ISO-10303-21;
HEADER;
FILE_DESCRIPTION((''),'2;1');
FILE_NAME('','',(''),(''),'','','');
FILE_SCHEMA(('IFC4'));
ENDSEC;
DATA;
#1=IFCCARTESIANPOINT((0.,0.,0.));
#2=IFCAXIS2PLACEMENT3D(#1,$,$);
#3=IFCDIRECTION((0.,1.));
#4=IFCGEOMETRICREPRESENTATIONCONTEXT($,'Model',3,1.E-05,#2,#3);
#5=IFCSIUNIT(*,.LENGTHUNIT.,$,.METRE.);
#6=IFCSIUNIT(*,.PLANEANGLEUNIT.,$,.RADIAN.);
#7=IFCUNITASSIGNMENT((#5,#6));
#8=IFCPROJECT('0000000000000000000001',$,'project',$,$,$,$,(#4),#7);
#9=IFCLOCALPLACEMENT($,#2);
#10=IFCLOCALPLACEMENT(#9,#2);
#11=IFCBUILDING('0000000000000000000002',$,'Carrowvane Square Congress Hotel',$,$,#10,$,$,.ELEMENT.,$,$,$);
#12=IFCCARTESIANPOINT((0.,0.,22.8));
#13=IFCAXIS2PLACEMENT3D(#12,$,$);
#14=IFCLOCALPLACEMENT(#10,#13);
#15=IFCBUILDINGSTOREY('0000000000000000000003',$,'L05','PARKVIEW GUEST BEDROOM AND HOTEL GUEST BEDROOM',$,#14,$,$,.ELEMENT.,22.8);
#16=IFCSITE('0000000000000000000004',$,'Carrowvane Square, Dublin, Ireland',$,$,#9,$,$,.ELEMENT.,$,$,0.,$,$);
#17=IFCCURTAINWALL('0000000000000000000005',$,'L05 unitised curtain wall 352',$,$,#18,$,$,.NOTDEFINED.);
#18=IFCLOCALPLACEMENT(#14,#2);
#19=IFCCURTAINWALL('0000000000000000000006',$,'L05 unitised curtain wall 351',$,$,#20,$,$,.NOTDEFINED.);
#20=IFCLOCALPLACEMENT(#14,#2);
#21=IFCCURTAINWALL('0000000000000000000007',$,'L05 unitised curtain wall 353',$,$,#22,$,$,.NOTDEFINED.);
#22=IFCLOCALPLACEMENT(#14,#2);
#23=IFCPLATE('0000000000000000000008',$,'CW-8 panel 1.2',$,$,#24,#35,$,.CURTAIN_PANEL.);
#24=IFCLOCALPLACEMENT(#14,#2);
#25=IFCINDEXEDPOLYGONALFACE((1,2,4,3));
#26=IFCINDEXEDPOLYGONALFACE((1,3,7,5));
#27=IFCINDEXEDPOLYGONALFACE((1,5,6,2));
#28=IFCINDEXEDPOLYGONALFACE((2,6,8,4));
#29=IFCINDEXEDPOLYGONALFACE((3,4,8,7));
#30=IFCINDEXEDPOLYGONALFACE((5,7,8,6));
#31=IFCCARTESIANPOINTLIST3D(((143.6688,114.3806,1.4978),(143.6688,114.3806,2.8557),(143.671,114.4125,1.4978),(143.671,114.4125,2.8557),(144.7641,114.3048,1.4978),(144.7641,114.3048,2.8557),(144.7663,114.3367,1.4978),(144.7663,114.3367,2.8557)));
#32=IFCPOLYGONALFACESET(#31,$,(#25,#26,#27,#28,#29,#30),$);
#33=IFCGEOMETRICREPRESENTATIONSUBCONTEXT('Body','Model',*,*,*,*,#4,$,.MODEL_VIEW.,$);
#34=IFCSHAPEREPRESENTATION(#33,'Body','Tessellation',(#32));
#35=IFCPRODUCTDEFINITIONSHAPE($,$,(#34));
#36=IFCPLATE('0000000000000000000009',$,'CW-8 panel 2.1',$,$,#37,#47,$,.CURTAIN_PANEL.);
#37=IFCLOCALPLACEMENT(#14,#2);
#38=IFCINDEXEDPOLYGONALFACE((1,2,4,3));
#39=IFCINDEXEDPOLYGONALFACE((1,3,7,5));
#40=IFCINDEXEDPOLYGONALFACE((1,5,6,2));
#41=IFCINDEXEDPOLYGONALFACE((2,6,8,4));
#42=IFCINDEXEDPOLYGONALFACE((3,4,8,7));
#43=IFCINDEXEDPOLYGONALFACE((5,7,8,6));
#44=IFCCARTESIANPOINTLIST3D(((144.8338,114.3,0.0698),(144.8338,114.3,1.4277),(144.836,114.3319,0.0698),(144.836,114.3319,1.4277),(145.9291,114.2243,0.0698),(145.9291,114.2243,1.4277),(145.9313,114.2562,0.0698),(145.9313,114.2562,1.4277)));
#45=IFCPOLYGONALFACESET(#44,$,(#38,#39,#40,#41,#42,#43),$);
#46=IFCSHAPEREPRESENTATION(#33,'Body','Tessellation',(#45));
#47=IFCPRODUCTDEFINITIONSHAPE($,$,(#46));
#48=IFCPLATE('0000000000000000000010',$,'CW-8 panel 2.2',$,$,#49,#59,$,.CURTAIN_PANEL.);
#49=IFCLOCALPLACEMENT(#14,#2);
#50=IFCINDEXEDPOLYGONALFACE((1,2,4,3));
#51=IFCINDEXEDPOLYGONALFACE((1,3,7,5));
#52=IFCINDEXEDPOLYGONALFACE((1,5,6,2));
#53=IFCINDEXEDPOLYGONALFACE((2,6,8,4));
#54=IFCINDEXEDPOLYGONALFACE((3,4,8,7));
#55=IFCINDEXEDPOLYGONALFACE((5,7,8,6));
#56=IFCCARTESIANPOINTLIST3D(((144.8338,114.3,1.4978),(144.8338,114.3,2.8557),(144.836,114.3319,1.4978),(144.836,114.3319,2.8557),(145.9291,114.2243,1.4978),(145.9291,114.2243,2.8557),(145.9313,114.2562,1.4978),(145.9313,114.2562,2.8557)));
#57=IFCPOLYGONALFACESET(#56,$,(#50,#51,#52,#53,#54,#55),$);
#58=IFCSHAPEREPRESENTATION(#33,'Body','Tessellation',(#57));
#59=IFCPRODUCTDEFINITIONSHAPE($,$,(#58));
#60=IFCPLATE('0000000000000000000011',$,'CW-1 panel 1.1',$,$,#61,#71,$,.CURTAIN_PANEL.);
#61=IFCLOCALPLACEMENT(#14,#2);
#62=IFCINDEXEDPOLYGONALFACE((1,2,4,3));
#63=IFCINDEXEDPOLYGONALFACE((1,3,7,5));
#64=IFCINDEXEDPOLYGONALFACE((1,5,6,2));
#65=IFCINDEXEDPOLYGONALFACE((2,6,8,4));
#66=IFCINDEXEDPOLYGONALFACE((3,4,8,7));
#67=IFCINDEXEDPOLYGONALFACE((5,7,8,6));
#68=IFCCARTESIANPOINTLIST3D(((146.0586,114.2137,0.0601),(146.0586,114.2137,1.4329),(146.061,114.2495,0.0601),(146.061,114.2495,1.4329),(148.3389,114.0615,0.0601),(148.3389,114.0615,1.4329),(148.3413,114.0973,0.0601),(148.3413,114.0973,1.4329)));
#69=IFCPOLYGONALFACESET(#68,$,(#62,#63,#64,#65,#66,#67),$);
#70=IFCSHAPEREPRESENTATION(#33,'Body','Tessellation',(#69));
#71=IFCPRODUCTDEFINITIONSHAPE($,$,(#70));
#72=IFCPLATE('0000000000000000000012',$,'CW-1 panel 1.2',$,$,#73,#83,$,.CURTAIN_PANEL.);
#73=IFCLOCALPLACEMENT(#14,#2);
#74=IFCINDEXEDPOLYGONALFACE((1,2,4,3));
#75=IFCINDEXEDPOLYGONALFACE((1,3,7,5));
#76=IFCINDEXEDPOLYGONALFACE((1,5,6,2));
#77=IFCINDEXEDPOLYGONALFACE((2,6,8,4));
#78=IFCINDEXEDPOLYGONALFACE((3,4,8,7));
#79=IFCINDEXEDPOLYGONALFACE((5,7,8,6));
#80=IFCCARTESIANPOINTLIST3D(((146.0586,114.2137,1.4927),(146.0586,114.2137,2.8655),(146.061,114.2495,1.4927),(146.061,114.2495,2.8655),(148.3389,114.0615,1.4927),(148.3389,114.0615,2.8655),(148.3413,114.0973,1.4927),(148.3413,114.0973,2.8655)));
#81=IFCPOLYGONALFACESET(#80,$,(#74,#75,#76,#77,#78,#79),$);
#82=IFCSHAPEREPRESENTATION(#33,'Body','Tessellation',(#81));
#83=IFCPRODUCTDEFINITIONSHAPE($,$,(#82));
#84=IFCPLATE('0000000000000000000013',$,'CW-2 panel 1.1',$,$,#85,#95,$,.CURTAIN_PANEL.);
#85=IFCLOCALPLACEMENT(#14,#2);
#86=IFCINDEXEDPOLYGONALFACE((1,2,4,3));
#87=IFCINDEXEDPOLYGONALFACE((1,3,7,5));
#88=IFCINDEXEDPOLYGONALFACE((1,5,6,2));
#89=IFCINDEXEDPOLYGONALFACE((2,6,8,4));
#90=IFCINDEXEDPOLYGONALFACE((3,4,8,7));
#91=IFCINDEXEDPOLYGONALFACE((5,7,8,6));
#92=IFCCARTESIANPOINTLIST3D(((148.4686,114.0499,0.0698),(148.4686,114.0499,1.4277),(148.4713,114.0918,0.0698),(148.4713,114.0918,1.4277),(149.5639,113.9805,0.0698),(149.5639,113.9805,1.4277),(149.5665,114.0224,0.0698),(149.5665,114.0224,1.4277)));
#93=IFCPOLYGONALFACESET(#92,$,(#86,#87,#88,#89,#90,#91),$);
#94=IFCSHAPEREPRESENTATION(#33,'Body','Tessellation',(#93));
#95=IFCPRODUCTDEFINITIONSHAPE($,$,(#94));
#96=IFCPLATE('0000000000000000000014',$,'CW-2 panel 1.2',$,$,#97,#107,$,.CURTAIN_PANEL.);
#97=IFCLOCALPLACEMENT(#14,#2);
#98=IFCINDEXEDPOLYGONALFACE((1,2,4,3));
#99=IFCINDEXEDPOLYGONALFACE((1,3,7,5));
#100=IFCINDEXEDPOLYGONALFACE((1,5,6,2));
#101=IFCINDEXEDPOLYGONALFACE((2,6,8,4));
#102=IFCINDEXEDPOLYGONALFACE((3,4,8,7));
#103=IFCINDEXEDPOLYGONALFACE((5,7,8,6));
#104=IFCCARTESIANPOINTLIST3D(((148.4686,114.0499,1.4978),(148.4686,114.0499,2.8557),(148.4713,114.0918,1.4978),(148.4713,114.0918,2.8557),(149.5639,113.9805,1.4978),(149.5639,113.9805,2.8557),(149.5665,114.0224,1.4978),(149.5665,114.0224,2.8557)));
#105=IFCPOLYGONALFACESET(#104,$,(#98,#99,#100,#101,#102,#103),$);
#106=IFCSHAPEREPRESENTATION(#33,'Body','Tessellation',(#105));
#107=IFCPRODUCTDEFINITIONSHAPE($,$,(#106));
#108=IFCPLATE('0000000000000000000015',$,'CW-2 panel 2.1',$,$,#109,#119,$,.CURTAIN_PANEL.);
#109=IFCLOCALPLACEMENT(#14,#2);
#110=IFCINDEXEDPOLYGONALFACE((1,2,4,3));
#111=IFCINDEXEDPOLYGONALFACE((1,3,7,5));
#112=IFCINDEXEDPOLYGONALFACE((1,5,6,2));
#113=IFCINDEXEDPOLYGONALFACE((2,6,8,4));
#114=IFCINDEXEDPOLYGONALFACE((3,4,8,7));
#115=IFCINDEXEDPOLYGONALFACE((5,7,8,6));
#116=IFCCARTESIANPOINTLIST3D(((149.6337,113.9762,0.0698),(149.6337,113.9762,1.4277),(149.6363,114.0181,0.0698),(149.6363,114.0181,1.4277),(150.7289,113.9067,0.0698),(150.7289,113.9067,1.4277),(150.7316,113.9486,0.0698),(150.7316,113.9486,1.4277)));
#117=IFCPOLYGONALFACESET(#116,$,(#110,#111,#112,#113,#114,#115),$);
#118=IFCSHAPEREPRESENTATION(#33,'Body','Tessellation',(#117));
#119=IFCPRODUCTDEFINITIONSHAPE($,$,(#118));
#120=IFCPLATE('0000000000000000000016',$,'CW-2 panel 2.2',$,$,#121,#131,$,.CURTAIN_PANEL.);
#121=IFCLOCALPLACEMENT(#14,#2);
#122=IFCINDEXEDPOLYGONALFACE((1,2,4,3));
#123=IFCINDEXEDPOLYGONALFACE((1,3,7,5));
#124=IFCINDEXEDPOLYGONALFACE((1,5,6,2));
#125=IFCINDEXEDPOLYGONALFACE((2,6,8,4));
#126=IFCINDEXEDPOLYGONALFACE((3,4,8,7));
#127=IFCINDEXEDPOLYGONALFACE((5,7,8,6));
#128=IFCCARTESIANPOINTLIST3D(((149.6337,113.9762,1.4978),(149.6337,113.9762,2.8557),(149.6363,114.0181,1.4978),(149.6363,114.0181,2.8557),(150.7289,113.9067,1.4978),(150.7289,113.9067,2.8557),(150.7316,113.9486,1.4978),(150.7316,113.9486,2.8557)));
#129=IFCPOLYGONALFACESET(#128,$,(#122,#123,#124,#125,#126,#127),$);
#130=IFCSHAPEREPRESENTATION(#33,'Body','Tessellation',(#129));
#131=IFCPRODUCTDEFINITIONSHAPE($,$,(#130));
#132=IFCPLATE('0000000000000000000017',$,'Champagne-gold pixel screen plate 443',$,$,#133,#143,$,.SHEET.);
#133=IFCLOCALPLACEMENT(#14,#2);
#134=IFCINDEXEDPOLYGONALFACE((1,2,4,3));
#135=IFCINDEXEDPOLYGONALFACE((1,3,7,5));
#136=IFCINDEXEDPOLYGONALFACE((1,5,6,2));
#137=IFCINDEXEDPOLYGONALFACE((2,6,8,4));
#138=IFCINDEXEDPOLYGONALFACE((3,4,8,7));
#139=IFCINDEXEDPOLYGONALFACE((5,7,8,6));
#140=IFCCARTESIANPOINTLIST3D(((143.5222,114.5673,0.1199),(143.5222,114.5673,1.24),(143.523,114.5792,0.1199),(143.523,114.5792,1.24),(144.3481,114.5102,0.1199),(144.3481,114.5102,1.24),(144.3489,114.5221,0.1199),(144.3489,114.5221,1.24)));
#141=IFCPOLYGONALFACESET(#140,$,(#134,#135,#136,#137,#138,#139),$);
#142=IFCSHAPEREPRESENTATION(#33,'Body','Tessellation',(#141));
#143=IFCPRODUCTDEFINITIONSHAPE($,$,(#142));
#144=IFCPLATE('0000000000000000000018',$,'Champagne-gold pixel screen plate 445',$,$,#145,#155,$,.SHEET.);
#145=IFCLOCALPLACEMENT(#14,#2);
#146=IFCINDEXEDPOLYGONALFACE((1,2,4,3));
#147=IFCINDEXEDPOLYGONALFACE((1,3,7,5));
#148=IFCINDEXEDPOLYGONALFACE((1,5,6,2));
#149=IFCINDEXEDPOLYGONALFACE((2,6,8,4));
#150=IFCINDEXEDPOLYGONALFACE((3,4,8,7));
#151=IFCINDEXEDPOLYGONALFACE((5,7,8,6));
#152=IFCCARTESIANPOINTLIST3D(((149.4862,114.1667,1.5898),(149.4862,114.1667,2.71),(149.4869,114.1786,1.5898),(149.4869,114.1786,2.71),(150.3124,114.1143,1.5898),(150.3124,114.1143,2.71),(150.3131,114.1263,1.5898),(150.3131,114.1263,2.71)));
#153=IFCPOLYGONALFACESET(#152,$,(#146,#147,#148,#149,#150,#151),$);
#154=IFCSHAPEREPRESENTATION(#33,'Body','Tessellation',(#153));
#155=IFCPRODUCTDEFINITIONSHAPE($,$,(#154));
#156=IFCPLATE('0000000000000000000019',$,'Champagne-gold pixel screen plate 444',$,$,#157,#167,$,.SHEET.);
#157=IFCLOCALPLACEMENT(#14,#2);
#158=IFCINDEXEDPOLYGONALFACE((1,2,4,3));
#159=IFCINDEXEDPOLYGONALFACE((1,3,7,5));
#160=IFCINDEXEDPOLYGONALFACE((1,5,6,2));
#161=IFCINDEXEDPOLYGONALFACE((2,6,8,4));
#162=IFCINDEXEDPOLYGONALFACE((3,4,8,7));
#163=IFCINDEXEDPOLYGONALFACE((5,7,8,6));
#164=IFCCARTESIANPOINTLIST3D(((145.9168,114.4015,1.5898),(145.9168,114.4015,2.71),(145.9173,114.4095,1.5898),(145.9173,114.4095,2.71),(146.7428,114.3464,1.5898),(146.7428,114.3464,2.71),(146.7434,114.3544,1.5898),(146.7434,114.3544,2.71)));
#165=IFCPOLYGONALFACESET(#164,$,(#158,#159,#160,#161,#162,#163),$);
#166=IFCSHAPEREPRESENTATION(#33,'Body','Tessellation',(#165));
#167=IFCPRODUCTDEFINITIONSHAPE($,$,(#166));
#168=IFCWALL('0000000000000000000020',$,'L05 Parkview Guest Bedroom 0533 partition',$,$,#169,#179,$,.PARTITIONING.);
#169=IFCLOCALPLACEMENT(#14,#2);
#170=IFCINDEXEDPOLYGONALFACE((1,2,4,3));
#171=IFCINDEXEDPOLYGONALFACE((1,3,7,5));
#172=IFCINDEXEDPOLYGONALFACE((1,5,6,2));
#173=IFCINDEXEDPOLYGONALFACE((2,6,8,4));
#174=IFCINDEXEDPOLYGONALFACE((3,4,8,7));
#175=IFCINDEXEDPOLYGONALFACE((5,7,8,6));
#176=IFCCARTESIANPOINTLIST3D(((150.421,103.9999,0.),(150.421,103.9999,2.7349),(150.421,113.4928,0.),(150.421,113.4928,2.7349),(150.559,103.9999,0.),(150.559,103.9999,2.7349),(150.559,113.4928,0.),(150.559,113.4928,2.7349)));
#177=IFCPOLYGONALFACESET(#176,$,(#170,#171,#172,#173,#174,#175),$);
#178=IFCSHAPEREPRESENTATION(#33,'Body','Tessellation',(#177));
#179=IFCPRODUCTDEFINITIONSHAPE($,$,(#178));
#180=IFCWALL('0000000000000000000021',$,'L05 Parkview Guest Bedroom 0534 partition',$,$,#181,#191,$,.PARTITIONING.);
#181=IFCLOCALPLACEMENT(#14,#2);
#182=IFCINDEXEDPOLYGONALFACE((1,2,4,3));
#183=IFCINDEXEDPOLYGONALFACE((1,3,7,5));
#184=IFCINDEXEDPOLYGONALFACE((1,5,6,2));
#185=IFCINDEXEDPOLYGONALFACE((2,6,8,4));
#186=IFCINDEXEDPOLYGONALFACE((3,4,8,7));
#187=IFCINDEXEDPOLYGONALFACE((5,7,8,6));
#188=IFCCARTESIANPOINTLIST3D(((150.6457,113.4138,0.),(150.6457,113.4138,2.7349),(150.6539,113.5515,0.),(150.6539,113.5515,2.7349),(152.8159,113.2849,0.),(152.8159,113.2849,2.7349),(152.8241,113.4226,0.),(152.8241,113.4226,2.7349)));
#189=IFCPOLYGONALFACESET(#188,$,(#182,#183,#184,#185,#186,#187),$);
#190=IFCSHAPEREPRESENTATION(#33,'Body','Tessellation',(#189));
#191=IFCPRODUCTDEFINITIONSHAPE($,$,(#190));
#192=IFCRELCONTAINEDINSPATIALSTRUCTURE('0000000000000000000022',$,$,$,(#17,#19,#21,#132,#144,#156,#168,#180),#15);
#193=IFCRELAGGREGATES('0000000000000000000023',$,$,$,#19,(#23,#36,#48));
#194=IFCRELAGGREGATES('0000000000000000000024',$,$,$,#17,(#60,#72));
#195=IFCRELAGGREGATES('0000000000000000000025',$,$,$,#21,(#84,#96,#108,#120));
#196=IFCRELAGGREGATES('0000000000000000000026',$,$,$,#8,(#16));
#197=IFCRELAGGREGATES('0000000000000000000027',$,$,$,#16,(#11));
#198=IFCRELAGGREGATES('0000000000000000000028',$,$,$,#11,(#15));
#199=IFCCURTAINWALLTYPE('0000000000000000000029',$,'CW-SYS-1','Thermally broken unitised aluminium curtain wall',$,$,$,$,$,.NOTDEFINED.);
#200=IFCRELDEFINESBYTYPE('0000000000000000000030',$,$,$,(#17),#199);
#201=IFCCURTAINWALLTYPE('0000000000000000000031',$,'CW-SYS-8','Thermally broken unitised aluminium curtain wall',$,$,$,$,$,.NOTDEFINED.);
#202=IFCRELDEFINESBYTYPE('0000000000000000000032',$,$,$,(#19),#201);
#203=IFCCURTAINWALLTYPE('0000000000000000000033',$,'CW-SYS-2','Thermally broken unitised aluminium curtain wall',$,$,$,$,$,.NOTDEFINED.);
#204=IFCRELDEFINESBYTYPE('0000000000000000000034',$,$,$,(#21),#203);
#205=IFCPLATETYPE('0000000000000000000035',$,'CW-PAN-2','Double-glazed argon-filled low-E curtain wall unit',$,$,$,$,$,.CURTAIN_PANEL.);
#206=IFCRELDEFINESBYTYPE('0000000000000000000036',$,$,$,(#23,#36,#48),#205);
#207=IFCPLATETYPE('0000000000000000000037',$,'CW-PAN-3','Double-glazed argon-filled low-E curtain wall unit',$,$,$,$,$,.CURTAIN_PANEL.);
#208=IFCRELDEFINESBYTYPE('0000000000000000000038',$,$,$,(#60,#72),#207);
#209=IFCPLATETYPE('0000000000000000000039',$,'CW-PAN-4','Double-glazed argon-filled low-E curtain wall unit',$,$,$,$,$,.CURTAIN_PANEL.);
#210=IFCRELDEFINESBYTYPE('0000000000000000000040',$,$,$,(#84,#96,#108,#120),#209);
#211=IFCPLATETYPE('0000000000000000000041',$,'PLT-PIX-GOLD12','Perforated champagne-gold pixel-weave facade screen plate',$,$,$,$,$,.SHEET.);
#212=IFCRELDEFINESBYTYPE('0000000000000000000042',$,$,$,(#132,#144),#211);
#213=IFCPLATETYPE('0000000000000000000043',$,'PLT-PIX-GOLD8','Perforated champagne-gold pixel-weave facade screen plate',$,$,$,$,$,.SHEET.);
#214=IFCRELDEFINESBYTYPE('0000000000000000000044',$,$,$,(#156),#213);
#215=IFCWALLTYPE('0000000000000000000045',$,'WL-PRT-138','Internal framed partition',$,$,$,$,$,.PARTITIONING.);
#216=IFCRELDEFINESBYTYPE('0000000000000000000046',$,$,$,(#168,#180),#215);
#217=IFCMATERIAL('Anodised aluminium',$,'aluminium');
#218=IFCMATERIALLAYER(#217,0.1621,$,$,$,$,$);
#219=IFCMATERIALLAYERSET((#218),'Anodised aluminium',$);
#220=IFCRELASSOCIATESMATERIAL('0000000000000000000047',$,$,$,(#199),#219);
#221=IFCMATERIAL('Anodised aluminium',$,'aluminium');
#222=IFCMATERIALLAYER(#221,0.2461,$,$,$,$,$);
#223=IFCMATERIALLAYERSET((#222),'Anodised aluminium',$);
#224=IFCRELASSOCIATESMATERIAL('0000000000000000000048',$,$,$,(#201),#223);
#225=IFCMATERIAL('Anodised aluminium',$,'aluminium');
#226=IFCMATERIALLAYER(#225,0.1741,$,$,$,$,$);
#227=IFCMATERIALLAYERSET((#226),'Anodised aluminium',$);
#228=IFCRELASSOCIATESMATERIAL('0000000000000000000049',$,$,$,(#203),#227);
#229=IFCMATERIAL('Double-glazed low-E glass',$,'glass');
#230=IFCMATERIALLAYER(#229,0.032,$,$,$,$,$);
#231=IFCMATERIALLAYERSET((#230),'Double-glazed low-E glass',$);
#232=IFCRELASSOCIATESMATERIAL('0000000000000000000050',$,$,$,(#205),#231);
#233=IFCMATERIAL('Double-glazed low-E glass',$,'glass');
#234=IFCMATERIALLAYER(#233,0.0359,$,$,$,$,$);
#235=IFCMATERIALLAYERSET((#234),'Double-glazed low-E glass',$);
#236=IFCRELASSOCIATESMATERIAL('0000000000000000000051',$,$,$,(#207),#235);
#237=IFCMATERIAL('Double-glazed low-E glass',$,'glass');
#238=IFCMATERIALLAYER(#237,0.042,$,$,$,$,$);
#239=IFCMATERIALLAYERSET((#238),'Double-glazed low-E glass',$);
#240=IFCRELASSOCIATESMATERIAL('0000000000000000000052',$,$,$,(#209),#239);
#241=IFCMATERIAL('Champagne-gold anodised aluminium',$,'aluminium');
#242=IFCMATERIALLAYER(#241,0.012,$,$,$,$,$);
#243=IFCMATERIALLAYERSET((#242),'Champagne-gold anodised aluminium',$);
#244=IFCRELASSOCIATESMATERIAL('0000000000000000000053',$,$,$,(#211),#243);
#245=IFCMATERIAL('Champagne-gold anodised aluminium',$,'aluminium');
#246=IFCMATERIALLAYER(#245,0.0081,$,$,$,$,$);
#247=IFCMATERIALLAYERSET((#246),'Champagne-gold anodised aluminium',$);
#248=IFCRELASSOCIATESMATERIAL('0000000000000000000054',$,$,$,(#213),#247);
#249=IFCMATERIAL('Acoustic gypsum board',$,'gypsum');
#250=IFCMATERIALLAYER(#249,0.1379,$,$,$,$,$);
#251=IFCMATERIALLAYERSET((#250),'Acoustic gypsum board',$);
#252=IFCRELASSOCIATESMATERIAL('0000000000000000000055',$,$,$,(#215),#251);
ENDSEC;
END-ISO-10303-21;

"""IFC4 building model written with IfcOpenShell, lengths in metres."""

from ifc_helpers import new_model, si_unit, direction, frame, frame_2d, origin, origin_2d, place, context, subcontext, project, spatial, rectangle, extrude, material, layer, layer_set, type_object, element, aggregate, save


model = new_model("IFC4")

# Units and contexts
model_context = context("Model", 3, precision=1e-05, world=origin(), true_north=direction((0.0, 1.0)))
body_context = subcontext(model_context, "Body", "Model", "MODEL_VIEW")
ifc_project = project(units=[si_unit("LENGTHUNIT", "METRE"), si_unit("PLANEANGLEUNIT", "RADIAN")], contexts=[model_context])

# Site, building, storey
site_placement = place(None, origin())
site = spatial("IfcSite", under=ifc_project, at=site_placement, Name="Carrowvane Square, Dublin, Ireland", CompositionType="ELEMENT", RefElevation=0.0)
building_placement = place(site_placement, origin())
building = spatial("IfcBuilding", under=site, at=building_placement, Name="Carrowvane Square Congress Hotel", CompositionType="ELEMENT")
storey_placement = place(building_placement, frame((0.0, 0.0, 22.8)))
storey = spatial("IfcBuildingStorey", under=building, at=storey_placement, Name="L05", Description="PARKVIEW GUEST BEDROOM AND HOTEL GUEST BEDROOM", CompositionType="ELEMENT", Elevation=22.8)

# Curtain walls
ifc_material_1 = material(Name="Anodised aluminium", Category="aluminium")
ifc_layer_1 = layer(ifc_material_1, 0.1621)
ifc_layer_set_1 = layer_set([ifc_layer_1], Name="Anodised aluminium")
curtain_wall_type_1 = type_object("IfcCurtainWallType", Name="CW-SYS-1", Description="Thermally broken unitised aluminium curtain wall", PredefinedType="NOTDEFINED", material=ifc_layer_set_1)
curtain_wall_1_placement = place(storey_placement, origin())
curtain_wall_1 = element("IfcCurtainWall", 1, at=curtain_wall_1_placement, inside=storey, type_object=curtain_wall_type_1, Name="L05 unitised curtain wall 352", PredefinedType="NOTDEFINED")
ifc_material_2 = material(Name="Anodised aluminium", Category="aluminium")
ifc_layer_2 = layer(ifc_material_2, 0.2461)
ifc_layer_set_2 = layer_set([ifc_layer_2], Name="Anodised aluminium")
curtain_wall_type_2 = type_object("IfcCurtainWallType", Name="CW-SYS-8", Description="Thermally broken unitised aluminium curtain wall", PredefinedType="NOTDEFINED", material=ifc_layer_set_2)
curtain_wall_2_placement = place(storey_placement, origin())
curtain_wall_2 = element("IfcCurtainWall", 2, at=curtain_wall_2_placement, inside=storey, type_object=curtain_wall_type_2, Name="L05 unitised curtain wall 351", PredefinedType="NOTDEFINED")
ifc_material_3 = material(Name="Anodised aluminium", Category="aluminium")
ifc_layer_3 = layer(ifc_material_3, 0.1741)
ifc_layer_set_3 = layer_set([ifc_layer_3], Name="Anodised aluminium")
curtain_wall_type_3 = type_object("IfcCurtainWallType", Name="CW-SYS-2", Description="Thermally broken unitised aluminium curtain wall", PredefinedType="NOTDEFINED", material=ifc_layer_set_3)
curtain_wall_3_placement = place(storey_placement, origin())
curtain_wall_3 = element("IfcCurtainWall", 3, at=curtain_wall_3_placement, inside=storey, type_object=curtain_wall_type_3, Name="L05 unitised curtain wall 353", PredefinedType="NOTDEFINED")

# Plates
ifc_material_4 = material(Name="Double-glazed low-E glass", Category="glass")
ifc_layer_4 = layer(ifc_material_4, 0.032)
ifc_layer_set_4 = layer_set([ifc_layer_4], Name="Double-glazed low-E glass")
plate_type_1 = type_object("IfcPlateType", Name="CW-PAN-2", Description="Double-glazed argon-filled low-E curtain wall unit", PredefinedType="CURTAIN_PANEL", material=ifc_layer_set_4)
plate_1_placement = place(storey_placement, frame((144.2175, 114.3586, 1.4978), z_axis=(0.0, 0.0, 1.0), x_axis=(0.997618, -0.068986, 0.0)))
plate_1 = element("IfcPlate", 4, at=plate_1_placement, type_object=plate_type_1, Name="CW-8 panel 1.2", PredefinedType="CURTAIN_PANEL", context=body_context, shape_type="SweptSolid", body=[
    extrude(rectangle(XDim=1.0979, YDim=0.032, at=origin_2d()), origin(), (0.0, 0.0, 1.0), 1.3579),
])
plate_2_placement = place(storey_placement, frame((145.3826, 114.2781, 0.0698), z_axis=(0.0, 0.0, 1.0), x_axis=(0.997618, -0.068986, 0.0)))
plate_2 = element("IfcPlate", 5, at=plate_2_placement, type_object=plate_type_1, Name="CW-8 panel 2.1", PredefinedType="CURTAIN_PANEL", context=body_context, shape_type="SweptSolid", body=[
    extrude(rectangle(XDim=1.0979, YDim=0.032, at=origin_2d()), origin(), (0.0, 0.0, 1.0), 1.3579),
])
plate_3_placement = place(storey_placement, frame((145.3826, 114.2781, 1.4978), z_axis=(0.0, 0.0, 1.0), x_axis=(0.997618, -0.068986, 0.0)))
plate_3 = element("IfcPlate", 6, at=plate_3_placement, type_object=plate_type_1, Name="CW-8 panel 2.2", PredefinedType="CURTAIN_PANEL", context=body_context, shape_type="SweptSolid", body=[
    extrude(rectangle(XDim=1.0979, YDim=0.032, at=origin_2d()), origin(), (0.0, 0.0, 1.0), 1.3579),
])
aggregate(curtain_wall_2, [plate_1, plate_2, plate_3])
ifc_material_5 = material(Name="Double-glazed low-E glass", Category="glass")
ifc_layer_5 = layer(ifc_material_5, 0.0359)
ifc_layer_set_5 = layer_set([ifc_layer_5], Name="Double-glazed low-E glass")
plate_type_2 = type_object("IfcPlateType", Name="CW-PAN-3", Description="Double-glazed argon-filled low-E curtain wall unit", PredefinedType="CURTAIN_PANEL", material=ifc_layer_set_5)
plate_4_placement = place(storey_placement, frame((147.2, 114.1555, 0.0601), z_axis=(0.0, 0.0, 1.0), x_axis=(0.997781, -0.066574, 0.0)))
plate_4 = element("IfcPlate", 7, at=plate_4_placement, type_object=plate_type_2, Name="CW-1 panel 1.1", PredefinedType="CURTAIN_PANEL", context=body_context, shape_type="SweptSolid", body=[
    extrude(rectangle(XDim=2.2854, YDim=0.0359, at=origin_2d()), origin(), (0.0, 0.0, 1.0), 1.3728),
])
plate_5_placement = place(storey_placement, frame((147.2, 114.1555, 1.4927), z_axis=(0.0, 0.0, 1.0), x_axis=(0.997781, -0.066574, 0.0)))
plate_5 = element("IfcPlate", 8, at=plate_5_placement, type_object=plate_type_2, Name="CW-1 panel 1.2", PredefinedType="CURTAIN_PANEL", context=body_context, shape_type="SweptSolid", body=[
    extrude(rectangle(XDim=2.2854, YDim=0.0359, at=origin_2d()), origin(), (0.0, 0.0, 1.0), 1.3728),
])
aggregate(curtain_wall_1, [plate_4, plate_5])
ifc_material_6 = material(Name="Double-glazed low-E glass", Category="glass")
ifc_layer_6 = layer(ifc_material_6, 0.042)
ifc_layer_set_6 = layer_set([ifc_layer_6], Name="Double-glazed low-E glass")
plate_type_3 = type_object("IfcPlateType", Name="CW-PAN-4", Description="Double-glazed argon-filled low-E curtain wall unit", PredefinedType="CURTAIN_PANEL", material=ifc_layer_set_6)
plate_6_placement = place(storey_placement, frame((149.0176, 114.0361, 0.0698), z_axis=(0.0, 0.0, 1.0), x_axis=(0.997996, -0.063273, 0.0)))
plate_6 = element("IfcPlate", 9, at=plate_6_placement, type_object=plate_type_3, Name="CW-2 panel 1.1", PredefinedType="CURTAIN_PANEL", context=body_context, shape_type="SweptSolid", body=[
    extrude(rectangle(XDim=1.0974, YDim=0.042, at=origin_2d()), origin(), (0.0, 0.0, 1.0), 1.3579),
])
plate_7_placement = place(storey_placement, frame((149.0176, 114.0361, 1.4978), z_axis=(0.0, 0.0, 1.0), x_axis=(0.997996, -0.063273, 0.0)))
plate_7 = element("IfcPlate", 10, at=plate_7_placement, type_object=plate_type_3, Name="CW-2 panel 1.2", PredefinedType="CURTAIN_PANEL", context=body_context, shape_type="SweptSolid", body=[
    extrude(rectangle(XDim=1.0974, YDim=0.042, at=origin_2d()), origin(), (0.0, 0.0, 1.0), 1.3579),
])
plate_8_placement = place(storey_placement, frame((150.1826, 113.9624, 0.0698), z_axis=(0.0, 0.0, 1.0), x_axis=(0.997996, -0.063273, 0.0)))
plate_8 = element("IfcPlate", 11, at=plate_8_placement, type_object=plate_type_3, Name="CW-2 panel 2.1", PredefinedType="CURTAIN_PANEL", context=body_context, shape_type="SweptSolid", body=[
    extrude(rectangle(XDim=1.0974, YDim=0.042, at=origin_2d()), origin(), (0.0, 0.0, 1.0), 1.3579),
])
plate_9_placement = place(storey_placement, frame((150.1826, 113.9624, 1.4978), z_axis=(0.0, 0.0, 1.0), x_axis=(0.997996, -0.063273, 0.0)))
plate_9 = element("IfcPlate", 12, at=plate_9_placement, type_object=plate_type_3, Name="CW-2 panel 2.2", PredefinedType="CURTAIN_PANEL", context=body_context, shape_type="SweptSolid", body=[
    extrude(rectangle(XDim=1.0974, YDim=0.042, at=origin_2d()), origin(), (0.0, 0.0, 1.0), 1.3579),
])
aggregate(curtain_wall_3, [plate_6, plate_7, plate_8, plate_9])

# Plates
ifc_material_7 = material(Name="Champagne-gold anodised aluminium", Category="aluminium")
ifc_layer_7 = layer(ifc_material_7, 0.012)
ifc_layer_set_7 = layer_set([ifc_layer_7], Name="Champagne-gold anodised aluminium")
plate_type_4 = type_object("IfcPlateType", Name="PLT-PIX-GOLD12", Description="Perforated champagne-gold pixel-weave facade screen plate", PredefinedType="SHEET", material=ifc_layer_set_7)
for number, where, z_axis, x_axis, name in (
    (13, (143.9355, 114.5447, 0.1199), (0.0, 0.0, 1.0), (0.997618, -0.068987, 0.0), "Champagne-gold pixel screen plate 443"),
    (14, (149.8997, 114.1465, 1.5898), (0.0, 0.0, 1.0), (0.997996, -0.063277, 0.0), "Champagne-gold pixel screen plate 445"),
):
    element("IfcPlate", number, at=place(storey_placement, frame(where, z_axis=z_axis, x_axis=x_axis)), inside=storey, type_object=plate_type_4, Name=name, PredefinedType="SHEET", context=body_context, shape_type="SweptSolid", body=[
        extrude(rectangle(XDim=0.8279, YDim=0.012, at=origin_2d()), origin(), (0.0, 0.0, 1.0), 1.1201),
    ])
ifc_material_8 = material(Name="Champagne-gold anodised aluminium", Category="aluminium")
ifc_layer_8 = layer(ifc_material_8, 0.0081)
ifc_layer_set_8 = layer_set([ifc_layer_8], Name="Champagne-gold anodised aluminium")
plate_type_5 = type_object("IfcPlateType", Name="PLT-PIX-GOLD8", Description="Perforated champagne-gold pixel-weave facade screen plate", PredefinedType="SHEET", material=ifc_layer_set_8)
plate_10_placement = place(storey_placement, frame((146.3301, 114.3779, 1.5898), z_axis=(0.0, 0.0, 1.0), x_axis=(0.997781, -0.066574, 0.0)))
element("IfcPlate", 15, at=plate_10_placement, inside=storey, type_object=plate_type_5, Name="Champagne-gold pixel screen plate 444", PredefinedType="SHEET", context=body_context, shape_type="SweptSolid", body=[
    extrude(rectangle(XDim=0.8279, YDim=0.0081, at=origin_2d()), origin(), (0.0, 0.0, 1.0), 1.1201),
])

# Walls
ifc_material_9 = material(Name="Acoustic gypsum board", Category="gypsum")
ifc_layer_9 = layer(ifc_material_9, 0.1379)
ifc_layer_set_9 = layer_set([ifc_layer_9], Name="Acoustic gypsum board")
wall_type_1 = type_object("IfcWallType", Name="WL-PRT-138", Description="Internal framed partition", PredefinedType="PARTITIONING", material=ifc_layer_set_9)
wall_1_placement = place(storey_placement, frame((150.49, 113.4929, 0.0), z_axis=(0.0, 0.0, 1.0), x_axis=(0.0, -1.0, 0.0)))
element("IfcWall", 16, at=wall_1_placement, inside=storey, type_object=wall_type_1, Name="L05 Parkview Guest Bedroom 0533 partition", PredefinedType="PARTITIONING", context=body_context, shape_type="SweptSolid", body=[
    extrude(rectangle(XDim=9.4929, YDim=0.1379, at=frame_2d((4.7466, 0.0))), origin(), (0.0, 0.0, 1.0), 2.7349),
])
wall_2_placement = place(storey_placement, frame((150.6499, 113.4827, 0.0), z_axis=(0.0, 0.0, 1.0), x_axis=(0.998241, -0.059295, 0.0)))
element("IfcWall", 17, at=wall_2_placement, inside=storey, type_object=wall_type_1, Name="L05 Parkview Guest Bedroom 0534 partition", PredefinedType="PARTITIONING", context=body_context, shape_type="SweptSolid", body=[
    extrude(rectangle(XDim=2.1741, YDim=0.1379, at=frame_2d((1.0869, 0.0))), origin(), (0.0, 0.0, 1.0), 2.7349),
])

save(model, "model.ifc")
